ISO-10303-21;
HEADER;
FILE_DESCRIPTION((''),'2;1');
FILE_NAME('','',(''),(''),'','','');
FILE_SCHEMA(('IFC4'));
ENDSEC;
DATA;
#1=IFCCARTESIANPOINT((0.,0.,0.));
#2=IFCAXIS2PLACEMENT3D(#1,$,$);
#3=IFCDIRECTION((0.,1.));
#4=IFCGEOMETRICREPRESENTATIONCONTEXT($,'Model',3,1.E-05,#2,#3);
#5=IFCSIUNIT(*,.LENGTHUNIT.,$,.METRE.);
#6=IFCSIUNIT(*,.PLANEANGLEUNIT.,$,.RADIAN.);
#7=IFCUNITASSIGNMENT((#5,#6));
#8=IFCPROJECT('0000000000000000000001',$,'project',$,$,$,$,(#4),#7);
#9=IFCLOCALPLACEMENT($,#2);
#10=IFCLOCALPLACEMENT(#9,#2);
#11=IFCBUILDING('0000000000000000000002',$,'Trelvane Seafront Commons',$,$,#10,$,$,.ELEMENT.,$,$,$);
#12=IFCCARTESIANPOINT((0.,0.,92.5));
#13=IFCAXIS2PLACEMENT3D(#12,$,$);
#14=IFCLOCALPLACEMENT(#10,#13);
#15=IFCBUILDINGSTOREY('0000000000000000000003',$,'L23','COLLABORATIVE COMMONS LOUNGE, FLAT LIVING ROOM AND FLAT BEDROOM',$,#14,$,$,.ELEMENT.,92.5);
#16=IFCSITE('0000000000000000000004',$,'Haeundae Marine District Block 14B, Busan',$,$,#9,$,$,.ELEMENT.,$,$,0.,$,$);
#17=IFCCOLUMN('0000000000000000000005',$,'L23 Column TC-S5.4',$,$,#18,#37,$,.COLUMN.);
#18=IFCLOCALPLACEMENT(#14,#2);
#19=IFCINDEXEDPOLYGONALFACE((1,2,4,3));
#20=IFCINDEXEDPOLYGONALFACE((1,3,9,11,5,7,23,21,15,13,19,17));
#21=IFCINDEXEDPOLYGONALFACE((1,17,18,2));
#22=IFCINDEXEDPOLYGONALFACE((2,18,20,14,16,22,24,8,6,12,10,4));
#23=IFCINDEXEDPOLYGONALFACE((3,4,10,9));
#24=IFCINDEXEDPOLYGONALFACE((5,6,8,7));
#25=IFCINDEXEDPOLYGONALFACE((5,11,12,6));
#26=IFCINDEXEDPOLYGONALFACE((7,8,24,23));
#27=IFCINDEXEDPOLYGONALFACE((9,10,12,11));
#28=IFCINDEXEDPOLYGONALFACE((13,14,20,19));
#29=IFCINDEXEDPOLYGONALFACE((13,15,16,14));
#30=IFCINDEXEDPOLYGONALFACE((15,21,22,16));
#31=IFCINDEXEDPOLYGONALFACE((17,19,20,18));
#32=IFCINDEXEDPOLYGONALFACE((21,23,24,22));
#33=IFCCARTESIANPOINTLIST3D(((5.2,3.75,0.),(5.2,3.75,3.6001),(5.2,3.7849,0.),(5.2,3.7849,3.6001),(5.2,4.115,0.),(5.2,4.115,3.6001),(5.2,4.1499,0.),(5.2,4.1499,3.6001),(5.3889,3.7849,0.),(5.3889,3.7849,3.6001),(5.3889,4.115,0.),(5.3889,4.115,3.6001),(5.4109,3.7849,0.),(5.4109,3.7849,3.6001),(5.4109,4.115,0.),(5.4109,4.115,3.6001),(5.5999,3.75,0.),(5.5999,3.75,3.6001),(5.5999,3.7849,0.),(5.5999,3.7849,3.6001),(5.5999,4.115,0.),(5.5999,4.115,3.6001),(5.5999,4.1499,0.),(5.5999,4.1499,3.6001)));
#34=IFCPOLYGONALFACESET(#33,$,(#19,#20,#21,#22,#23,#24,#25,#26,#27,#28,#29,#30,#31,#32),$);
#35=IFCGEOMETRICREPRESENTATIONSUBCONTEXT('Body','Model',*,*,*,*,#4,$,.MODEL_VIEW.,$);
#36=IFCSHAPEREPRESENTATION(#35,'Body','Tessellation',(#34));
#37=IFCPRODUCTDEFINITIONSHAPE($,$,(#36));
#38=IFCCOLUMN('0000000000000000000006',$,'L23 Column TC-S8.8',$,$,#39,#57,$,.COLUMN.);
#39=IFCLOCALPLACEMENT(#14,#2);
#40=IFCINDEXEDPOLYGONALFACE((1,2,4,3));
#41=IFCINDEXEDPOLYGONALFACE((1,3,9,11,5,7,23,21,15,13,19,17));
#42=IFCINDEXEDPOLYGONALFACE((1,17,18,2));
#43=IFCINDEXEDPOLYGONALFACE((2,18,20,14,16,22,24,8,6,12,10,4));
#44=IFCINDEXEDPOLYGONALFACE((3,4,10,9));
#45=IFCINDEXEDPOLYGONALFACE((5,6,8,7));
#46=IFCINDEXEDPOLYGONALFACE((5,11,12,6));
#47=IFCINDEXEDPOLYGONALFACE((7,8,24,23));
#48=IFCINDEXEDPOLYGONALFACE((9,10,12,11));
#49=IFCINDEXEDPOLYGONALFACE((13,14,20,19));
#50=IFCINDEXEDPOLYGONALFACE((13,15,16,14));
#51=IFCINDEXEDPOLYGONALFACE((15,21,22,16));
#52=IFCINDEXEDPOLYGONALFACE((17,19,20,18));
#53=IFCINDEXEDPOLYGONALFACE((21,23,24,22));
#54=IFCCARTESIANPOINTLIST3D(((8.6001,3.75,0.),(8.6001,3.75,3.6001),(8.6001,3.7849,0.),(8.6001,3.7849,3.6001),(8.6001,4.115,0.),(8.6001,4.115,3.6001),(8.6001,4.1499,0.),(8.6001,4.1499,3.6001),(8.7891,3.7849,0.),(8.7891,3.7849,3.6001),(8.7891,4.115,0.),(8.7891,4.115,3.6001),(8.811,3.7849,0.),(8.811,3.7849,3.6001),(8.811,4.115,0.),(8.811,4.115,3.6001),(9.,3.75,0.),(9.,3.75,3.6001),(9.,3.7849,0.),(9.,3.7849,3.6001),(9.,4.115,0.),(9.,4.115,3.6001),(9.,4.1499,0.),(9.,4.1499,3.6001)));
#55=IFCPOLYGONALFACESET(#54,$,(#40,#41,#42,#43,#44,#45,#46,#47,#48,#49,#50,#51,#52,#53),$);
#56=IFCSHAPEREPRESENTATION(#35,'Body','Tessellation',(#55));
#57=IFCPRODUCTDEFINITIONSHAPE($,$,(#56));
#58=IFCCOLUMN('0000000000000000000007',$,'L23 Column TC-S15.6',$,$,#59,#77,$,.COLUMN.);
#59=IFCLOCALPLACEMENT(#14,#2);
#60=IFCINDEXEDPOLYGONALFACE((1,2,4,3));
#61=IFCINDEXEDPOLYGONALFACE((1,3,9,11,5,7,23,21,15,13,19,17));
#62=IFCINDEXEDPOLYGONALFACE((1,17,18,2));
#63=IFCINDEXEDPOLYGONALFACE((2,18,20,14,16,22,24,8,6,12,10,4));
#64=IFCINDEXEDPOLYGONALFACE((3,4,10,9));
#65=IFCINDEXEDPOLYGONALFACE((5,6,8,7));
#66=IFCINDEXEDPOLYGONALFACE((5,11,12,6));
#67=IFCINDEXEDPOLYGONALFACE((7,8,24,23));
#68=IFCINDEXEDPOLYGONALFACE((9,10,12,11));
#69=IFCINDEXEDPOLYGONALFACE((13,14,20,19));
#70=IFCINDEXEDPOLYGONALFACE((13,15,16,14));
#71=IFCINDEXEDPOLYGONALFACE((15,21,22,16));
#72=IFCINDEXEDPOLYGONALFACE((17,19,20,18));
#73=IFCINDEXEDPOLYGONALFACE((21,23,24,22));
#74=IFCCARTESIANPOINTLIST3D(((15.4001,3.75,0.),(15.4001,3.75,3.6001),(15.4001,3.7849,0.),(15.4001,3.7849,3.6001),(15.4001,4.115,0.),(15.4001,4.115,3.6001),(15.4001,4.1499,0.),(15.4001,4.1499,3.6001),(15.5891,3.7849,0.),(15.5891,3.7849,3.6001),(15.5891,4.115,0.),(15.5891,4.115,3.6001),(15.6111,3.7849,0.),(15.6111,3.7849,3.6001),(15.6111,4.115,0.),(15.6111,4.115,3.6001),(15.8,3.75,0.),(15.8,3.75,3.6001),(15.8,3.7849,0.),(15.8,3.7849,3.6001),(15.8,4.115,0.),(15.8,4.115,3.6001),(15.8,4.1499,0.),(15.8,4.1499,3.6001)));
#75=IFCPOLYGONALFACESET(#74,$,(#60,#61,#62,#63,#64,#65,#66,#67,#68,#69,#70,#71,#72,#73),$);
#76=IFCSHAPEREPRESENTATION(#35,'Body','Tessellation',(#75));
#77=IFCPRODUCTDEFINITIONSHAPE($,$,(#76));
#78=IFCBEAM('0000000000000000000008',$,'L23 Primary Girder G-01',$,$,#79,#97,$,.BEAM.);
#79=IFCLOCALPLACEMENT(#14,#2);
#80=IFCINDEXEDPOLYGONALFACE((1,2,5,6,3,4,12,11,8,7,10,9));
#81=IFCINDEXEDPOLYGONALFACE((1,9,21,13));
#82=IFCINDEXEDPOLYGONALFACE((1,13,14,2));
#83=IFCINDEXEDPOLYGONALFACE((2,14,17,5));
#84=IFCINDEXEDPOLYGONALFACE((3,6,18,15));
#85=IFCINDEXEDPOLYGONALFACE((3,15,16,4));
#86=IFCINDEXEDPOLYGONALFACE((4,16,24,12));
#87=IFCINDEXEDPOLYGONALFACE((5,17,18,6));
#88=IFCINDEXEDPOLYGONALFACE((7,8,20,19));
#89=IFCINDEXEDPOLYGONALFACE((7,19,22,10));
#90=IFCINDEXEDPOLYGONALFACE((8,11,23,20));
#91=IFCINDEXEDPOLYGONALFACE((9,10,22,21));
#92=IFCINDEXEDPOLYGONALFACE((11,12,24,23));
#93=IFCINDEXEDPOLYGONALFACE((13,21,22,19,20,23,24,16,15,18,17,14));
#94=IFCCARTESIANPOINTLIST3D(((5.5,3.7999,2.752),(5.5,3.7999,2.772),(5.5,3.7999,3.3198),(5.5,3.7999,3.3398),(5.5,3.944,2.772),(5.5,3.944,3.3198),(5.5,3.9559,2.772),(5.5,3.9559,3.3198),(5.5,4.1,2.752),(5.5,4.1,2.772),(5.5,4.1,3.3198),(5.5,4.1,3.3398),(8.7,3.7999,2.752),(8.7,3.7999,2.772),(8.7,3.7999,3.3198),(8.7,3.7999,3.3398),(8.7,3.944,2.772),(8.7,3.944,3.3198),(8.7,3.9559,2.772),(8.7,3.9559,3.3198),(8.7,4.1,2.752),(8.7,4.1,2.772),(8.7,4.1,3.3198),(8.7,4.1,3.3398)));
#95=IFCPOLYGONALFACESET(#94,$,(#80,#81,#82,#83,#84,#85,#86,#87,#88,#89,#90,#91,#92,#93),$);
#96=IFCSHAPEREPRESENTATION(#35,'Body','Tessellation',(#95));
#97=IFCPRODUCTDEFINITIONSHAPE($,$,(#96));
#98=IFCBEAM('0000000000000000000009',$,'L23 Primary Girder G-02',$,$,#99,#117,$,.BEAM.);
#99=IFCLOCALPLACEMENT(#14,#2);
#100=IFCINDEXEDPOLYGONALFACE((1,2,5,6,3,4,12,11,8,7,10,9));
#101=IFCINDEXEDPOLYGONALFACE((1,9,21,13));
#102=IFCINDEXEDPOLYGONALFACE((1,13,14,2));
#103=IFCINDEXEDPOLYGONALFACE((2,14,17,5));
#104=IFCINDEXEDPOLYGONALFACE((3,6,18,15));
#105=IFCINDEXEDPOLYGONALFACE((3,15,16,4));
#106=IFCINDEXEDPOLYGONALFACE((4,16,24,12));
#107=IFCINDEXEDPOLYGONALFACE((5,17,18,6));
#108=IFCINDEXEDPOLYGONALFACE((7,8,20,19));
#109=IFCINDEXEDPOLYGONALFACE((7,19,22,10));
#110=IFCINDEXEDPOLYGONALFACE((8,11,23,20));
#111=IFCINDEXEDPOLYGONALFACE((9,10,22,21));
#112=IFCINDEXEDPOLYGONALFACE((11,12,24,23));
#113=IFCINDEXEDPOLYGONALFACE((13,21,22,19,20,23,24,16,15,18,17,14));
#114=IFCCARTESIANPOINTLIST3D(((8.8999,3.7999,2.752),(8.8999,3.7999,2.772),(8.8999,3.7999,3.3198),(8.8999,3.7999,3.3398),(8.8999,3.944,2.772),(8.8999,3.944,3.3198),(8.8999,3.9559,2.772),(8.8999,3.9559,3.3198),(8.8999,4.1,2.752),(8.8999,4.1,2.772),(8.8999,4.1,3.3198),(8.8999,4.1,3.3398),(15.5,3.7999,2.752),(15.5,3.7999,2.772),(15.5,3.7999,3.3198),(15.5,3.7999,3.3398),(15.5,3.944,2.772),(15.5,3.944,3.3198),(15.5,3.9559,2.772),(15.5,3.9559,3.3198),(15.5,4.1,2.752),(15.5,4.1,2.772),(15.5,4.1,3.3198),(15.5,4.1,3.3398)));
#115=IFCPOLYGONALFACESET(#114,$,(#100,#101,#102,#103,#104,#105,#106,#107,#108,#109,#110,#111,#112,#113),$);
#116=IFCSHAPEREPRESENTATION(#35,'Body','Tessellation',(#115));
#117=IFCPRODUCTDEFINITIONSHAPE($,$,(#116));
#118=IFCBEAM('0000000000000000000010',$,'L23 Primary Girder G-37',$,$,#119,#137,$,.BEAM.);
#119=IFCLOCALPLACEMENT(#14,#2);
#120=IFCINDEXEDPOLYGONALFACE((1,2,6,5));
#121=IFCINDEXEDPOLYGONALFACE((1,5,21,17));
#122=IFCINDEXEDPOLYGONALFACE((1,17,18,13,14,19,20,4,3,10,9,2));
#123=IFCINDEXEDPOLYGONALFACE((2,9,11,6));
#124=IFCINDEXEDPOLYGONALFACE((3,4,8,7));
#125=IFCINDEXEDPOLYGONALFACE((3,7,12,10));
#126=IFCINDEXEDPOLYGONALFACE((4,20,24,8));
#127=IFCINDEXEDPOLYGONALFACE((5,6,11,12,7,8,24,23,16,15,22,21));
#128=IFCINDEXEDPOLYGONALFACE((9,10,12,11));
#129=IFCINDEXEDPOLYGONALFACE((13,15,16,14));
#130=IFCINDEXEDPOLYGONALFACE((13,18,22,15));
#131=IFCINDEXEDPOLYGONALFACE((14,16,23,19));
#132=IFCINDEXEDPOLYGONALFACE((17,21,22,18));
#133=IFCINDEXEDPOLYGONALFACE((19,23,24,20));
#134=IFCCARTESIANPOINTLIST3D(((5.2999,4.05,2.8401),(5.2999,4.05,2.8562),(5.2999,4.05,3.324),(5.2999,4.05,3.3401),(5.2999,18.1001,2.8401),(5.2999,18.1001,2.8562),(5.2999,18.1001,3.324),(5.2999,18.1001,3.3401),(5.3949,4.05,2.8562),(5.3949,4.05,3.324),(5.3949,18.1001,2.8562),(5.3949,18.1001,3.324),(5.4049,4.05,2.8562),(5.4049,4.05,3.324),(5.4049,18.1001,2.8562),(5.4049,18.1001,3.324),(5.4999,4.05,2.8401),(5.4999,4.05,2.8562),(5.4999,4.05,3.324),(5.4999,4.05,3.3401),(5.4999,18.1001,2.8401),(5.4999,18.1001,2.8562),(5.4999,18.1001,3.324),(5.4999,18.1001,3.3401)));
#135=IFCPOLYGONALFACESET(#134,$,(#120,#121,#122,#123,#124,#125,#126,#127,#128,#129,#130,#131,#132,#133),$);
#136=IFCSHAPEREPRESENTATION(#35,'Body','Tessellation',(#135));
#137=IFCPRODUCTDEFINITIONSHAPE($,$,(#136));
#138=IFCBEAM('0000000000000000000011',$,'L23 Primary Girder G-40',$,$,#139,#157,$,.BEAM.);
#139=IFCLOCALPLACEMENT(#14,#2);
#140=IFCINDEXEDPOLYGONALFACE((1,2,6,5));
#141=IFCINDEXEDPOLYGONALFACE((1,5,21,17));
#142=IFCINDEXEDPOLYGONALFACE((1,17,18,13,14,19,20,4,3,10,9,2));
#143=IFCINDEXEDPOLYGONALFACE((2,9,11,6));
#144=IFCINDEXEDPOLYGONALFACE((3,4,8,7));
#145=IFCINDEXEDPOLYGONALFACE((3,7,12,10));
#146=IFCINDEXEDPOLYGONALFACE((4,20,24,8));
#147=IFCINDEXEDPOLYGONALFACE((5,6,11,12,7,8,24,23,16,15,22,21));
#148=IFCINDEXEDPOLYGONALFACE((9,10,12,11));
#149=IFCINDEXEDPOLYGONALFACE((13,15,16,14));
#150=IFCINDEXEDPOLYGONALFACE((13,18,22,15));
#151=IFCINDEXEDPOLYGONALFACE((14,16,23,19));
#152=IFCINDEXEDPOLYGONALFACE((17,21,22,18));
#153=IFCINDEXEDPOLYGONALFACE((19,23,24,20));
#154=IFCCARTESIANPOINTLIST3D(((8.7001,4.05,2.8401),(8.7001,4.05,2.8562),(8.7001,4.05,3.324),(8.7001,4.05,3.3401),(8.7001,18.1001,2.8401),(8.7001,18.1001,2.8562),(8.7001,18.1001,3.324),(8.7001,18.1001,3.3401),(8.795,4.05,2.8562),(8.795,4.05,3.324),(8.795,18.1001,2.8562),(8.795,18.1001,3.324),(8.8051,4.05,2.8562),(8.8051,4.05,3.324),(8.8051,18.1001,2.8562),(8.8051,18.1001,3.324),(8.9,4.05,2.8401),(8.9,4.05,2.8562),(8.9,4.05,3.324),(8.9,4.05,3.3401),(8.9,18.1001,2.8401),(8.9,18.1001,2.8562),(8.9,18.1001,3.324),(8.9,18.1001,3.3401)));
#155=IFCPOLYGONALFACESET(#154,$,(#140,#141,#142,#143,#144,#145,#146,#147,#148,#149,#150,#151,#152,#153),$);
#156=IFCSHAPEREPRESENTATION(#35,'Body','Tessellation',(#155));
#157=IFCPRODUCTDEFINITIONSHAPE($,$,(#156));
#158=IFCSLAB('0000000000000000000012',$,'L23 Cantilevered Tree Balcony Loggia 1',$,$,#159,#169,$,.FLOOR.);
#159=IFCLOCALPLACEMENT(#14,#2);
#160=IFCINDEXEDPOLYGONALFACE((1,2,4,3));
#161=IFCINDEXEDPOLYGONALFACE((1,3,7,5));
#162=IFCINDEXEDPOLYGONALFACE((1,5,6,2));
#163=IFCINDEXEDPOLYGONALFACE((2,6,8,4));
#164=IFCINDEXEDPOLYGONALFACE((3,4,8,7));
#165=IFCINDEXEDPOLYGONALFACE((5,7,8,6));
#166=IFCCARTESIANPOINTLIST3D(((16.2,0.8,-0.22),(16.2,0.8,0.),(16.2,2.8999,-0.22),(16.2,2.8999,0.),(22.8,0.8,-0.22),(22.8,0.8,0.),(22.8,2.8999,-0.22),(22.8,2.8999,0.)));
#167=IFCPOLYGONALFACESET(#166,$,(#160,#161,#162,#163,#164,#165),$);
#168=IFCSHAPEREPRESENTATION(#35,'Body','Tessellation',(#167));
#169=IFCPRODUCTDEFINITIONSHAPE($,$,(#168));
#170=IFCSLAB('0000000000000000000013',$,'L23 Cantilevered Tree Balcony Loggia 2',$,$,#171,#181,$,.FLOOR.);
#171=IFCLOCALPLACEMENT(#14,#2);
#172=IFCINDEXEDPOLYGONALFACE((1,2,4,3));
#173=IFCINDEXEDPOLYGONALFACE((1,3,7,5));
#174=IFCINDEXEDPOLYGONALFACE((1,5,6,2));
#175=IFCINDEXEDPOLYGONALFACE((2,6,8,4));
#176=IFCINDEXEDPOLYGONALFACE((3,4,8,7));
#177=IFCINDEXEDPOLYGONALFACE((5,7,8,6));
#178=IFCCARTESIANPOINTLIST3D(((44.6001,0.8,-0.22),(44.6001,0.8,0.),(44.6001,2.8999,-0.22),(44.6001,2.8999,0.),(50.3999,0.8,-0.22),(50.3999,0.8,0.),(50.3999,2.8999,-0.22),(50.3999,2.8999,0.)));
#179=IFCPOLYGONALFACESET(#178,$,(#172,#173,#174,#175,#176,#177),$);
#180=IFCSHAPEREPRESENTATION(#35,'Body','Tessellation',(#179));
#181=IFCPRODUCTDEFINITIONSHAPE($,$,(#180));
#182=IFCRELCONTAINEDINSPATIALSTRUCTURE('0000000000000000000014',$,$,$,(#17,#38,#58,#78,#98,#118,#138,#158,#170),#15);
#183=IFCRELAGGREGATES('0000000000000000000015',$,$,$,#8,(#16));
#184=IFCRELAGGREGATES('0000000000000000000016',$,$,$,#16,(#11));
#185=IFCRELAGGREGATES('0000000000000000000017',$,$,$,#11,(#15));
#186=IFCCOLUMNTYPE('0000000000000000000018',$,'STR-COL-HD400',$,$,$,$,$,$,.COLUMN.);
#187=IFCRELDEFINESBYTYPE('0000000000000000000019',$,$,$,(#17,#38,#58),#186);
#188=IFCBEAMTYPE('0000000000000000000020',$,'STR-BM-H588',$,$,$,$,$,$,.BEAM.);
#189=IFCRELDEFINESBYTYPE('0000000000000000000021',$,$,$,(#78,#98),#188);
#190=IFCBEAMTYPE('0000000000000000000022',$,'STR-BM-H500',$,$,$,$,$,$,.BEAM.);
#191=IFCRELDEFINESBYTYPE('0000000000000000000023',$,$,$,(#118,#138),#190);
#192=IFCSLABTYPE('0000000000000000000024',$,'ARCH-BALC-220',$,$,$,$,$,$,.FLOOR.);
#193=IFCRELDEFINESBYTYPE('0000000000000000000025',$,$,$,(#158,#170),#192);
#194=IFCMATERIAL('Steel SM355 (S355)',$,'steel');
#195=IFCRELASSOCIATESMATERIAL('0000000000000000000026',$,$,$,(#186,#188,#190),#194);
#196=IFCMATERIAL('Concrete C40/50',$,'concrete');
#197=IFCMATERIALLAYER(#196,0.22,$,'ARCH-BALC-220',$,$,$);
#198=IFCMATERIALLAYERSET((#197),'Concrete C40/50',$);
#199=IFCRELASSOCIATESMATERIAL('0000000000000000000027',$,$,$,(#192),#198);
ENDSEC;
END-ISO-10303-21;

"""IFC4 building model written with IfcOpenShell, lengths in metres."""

from ifc_helpers import new_model, si_unit, direction, frame, origin, origin_2d, place, context, subcontext, project, spatial, polyline, i_section, outline, extrude, source, transform, mapped, material, layer, layer_set, material_profile, profile_set, type_object, element, save


model = new_model("IFC4")

# Units and contexts
model_context = context("Model", 3, precision=1e-05, world=origin(), true_north=direction((0.0, 1.0)))
body_context = subcontext(model_context, "Body", "Model", "MODEL_VIEW")
ifc_project = project(units=[si_unit("LENGTHUNIT", "METRE"), si_unit("PLANEANGLEUNIT", "RADIAN")], contexts=[model_context])

# Site, building, storey
site_placement = place(None, origin())
site = spatial("IfcSite", under=ifc_project, at=site_placement, Name="Haeundae Marine District Block 14B, Busan", CompositionType="ELEMENT", RefElevation=0.0)
building_placement = place(site_placement, origin())
building = spatial("IfcBuilding", under=site, at=building_placement, Name="Trelvane Seafront Commons", CompositionType="ELEMENT")
storey_placement = place(building_placement, frame((0.0, 0.0, 92.5)))
storey = spatial("IfcBuildingStorey", under=building, at=storey_placement, Name="L23", Description="COLLABORATIVE COMMONS LOUNGE, FLAT LIVING ROOM AND FLAT BEDROOM", CompositionType="ELEMENT", Elevation=92.5)

# Columns
ifc_material_1 = material(Name="Steel SM355 (S355)", Category="steel")
ifc_material_profile_1 = material_profile(ifc_material_1, i_section(OverallWidth=0.3999, OverallDepth=0.3999, WebThickness=0.022, FlangeThickness=0.0349, at=origin_2d()), Name="HD-400x400x22x35")
ifc_profile_set_1 = profile_set([ifc_material_profile_1], Name="Steel SM355 (S355)")
column_type = type_object("IfcColumnType", Name="STR-COL-HD400", PredefinedType="COLUMN", material=ifc_profile_set_1)
shared_shape_1 = source(origin(), body_context, "Body", "SweptSolid", [
    extrude(i_section(OverallWidth=0.3999, OverallDepth=0.3999, WebThickness=0.022, FlangeThickness=0.0349, at=origin_2d()), origin(), (0.0, 0.0, 1.0), 3.6001),
])
for number, where, z_axis, x_axis, name in (
    (1, (5.3999, 3.95, 0.0), (0.0, 0.0, 1.0), (1.0, 0.0, 0.0), "L23 Column TC-S5.4"),
    (2, (8.8, 3.95, 0.0), (0.0, 0.0, 1.0), (1.0, 0.0, 0.0), "L23 Column TC-S8.8"),
    (3, (15.6001, 3.95, 0.0), (0.0, 0.0, 1.0), (1.0, 0.0, 0.0), "L23 Column TC-S15.6"),
):
    element("IfcColumn", number, at=place(storey_placement, frame(where, z_axis=z_axis, x_axis=x_axis)), inside=storey, type_object=column_type, Name=name, PredefinedType="COLUMN", context=body_context, shape_type="MappedRepresentation", body=[
        mapped(shared_shape_1, transform((0.0, 0.0, 0.0), x_axis=(1.0, 0.0, 0.0), y_axis=(0.0, 1.0, 0.0), z_axis=(0.0, 0.0, 1.0), scale=1.0)),
    ])

# Beams
ifc_material_profile_2 = material_profile(ifc_material_1, i_section(OverallWidth=0.3, OverallDepth=0.5879, WebThickness=0.012, FlangeThickness=0.02, at=origin_2d()), Name="H-588x300x12x20")
ifc_profile_set_2 = profile_set([ifc_material_profile_2], Name="Steel SM355 (S355)")
beam_type_1 = type_object("IfcBeamType", Name="STR-BM-H588", PredefinedType="BEAM", material=ifc_profile_set_2)
shared_shape_2 = source(origin(), body_context, "Body", "SweptSolid", [
    extrude(i_section(OverallWidth=0.3, OverallDepth=0.5879, WebThickness=0.012, FlangeThickness=0.02, at=origin_2d()), origin(), (0.0, 0.0, 1.0), 3.2),
])
beam_1_placement = place(storey_placement, frame((5.5, 3.95, 3.0459), z_axis=(1.0, 0.0, 0.0), x_axis=(0.0, 1.0, 0.0)))
element("IfcBeam", 4, at=beam_1_placement, inside=storey, type_object=beam_type_1, Name="L23 Primary Girder G-01", PredefinedType="BEAM", context=body_context, shape_type="MappedRepresentation", body=[
    mapped(shared_shape_2, transform((0.0, 0.0, 0.0), x_axis=(1.0, 0.0, 0.0), y_axis=(0.0, 1.0, 0.0), z_axis=(0.0, 0.0, 1.0), scale=1.0)),
])
shared_shape_3 = source(origin(), body_context, "Body", "SweptSolid", [
    extrude(i_section(OverallWidth=0.3, OverallDepth=0.5879, WebThickness=0.012, FlangeThickness=0.02, at=origin_2d()), origin(), (0.0, 0.0, 1.0), 6.6001),
])
beam_2_placement = place(storey_placement, frame((8.8999, 3.95, 3.0459), z_axis=(1.0, 0.0, 0.0), x_axis=(0.0, 1.0, 0.0)))
element("IfcBeam", 5, at=beam_2_placement, inside=storey, type_object=beam_type_1, Name="L23 Primary Girder G-02", PredefinedType="BEAM", context=body_context, shape_type="MappedRepresentation", body=[
    mapped(shared_shape_3, transform((0.0, 0.0, 0.0), x_axis=(1.0, 0.0, 0.0), y_axis=(0.0, 1.0, 0.0), z_axis=(0.0, 0.0, 1.0), scale=1.0)),
])
ifc_material_profile_3 = material_profile(ifc_material_1, i_section(OverallWidth=0.2, OverallDepth=0.5, WebThickness=0.01, FlangeThickness=0.0161, at=origin_2d()), Name="H-500x200x10x16")
ifc_profile_set_3 = profile_set([ifc_material_profile_3], Name="Steel SM355 (S355)")
beam_type_2 = type_object("IfcBeamType", Name="STR-BM-H500", PredefinedType="BEAM", material=ifc_profile_set_3)
shared_shape_4 = source(origin(), body_context, "Body", "SweptSolid", [
    extrude(i_section(OverallWidth=0.2, OverallDepth=0.5, WebThickness=0.01, FlangeThickness=0.0161, at=origin_2d()), origin(), (0.0, 0.0, 1.0), 14.05),
])
for number, where, z_axis, x_axis, name in (
    (6, (5.3999, 4.05, 3.0901), (0.0, 1.0, 0.0), (-1.0, 0.0, 0.0), "L23 Primary Girder G-37"),
    (7, (8.8, 4.05, 3.0901), (0.0, 1.0, 0.0), (-1.0, 0.0, 0.0), "L23 Primary Girder G-40"),
):
    element("IfcBeam", number, at=place(storey_placement, frame(where, z_axis=z_axis, x_axis=x_axis)), inside=storey, type_object=beam_type_2, Name=name, PredefinedType="BEAM", context=body_context, shape_type="MappedRepresentation", body=[
        mapped(shared_shape_4, transform((0.0, 0.0, 0.0), x_axis=(1.0, 0.0, 0.0), y_axis=(0.0, 1.0, 0.0), z_axis=(0.0, 0.0, 1.0), scale=1.0)),
    ])

# Slabs
ifc_material_2 = material(Name="Concrete C40/50", Category="concrete")
ifc_layer_1 = layer(ifc_material_2, 0.22, Name="ARCH-BALC-220")
ifc_layer_set_1 = layer_set([ifc_layer_1], Name="Concrete C40/50")
slab_type_1 = type_object("IfcSlabType", Name="ARCH-BALC-220", PredefinedType="FLOOR", material=ifc_layer_set_1)
slab_1_placement = place(storey_placement, frame((0.0, 0.0, -0.22)))
element("IfcSlab", 8, at=slab_1_placement, inside=storey, type_object=slab_type_1, Name="L23 Cantilevered Tree Balcony Loggia 1", PredefinedType="FLOOR", context=body_context, shape_type="SweptSolid", body=[
    extrude(outline(polyline([(16.2, 0.8), (22.8, 0.8), (22.8, 2.8999), (16.2, 2.8999), (16.2, 0.8)])), origin(), (0.0, 0.0, 1.0), 0.22),
])
slab_2_placement = place(storey_placement, frame((0.0, 0.0, -0.22)))
element("IfcSlab", 9, at=slab_2_placement, inside=storey, type_object=slab_type_1, Name="L23 Cantilevered Tree Balcony Loggia 2", PredefinedType="FLOOR", context=body_context, shape_type="SweptSolid", body=[
    extrude(outline(polyline([(44.6001, 0.8), (50.3999, 0.8), (50.3999, 2.8999), (44.6001, 2.8999), (44.6001, 0.8)])), origin(), (0.0, 0.0, 1.0), 0.22),
])

save(model, "model.ifc")
